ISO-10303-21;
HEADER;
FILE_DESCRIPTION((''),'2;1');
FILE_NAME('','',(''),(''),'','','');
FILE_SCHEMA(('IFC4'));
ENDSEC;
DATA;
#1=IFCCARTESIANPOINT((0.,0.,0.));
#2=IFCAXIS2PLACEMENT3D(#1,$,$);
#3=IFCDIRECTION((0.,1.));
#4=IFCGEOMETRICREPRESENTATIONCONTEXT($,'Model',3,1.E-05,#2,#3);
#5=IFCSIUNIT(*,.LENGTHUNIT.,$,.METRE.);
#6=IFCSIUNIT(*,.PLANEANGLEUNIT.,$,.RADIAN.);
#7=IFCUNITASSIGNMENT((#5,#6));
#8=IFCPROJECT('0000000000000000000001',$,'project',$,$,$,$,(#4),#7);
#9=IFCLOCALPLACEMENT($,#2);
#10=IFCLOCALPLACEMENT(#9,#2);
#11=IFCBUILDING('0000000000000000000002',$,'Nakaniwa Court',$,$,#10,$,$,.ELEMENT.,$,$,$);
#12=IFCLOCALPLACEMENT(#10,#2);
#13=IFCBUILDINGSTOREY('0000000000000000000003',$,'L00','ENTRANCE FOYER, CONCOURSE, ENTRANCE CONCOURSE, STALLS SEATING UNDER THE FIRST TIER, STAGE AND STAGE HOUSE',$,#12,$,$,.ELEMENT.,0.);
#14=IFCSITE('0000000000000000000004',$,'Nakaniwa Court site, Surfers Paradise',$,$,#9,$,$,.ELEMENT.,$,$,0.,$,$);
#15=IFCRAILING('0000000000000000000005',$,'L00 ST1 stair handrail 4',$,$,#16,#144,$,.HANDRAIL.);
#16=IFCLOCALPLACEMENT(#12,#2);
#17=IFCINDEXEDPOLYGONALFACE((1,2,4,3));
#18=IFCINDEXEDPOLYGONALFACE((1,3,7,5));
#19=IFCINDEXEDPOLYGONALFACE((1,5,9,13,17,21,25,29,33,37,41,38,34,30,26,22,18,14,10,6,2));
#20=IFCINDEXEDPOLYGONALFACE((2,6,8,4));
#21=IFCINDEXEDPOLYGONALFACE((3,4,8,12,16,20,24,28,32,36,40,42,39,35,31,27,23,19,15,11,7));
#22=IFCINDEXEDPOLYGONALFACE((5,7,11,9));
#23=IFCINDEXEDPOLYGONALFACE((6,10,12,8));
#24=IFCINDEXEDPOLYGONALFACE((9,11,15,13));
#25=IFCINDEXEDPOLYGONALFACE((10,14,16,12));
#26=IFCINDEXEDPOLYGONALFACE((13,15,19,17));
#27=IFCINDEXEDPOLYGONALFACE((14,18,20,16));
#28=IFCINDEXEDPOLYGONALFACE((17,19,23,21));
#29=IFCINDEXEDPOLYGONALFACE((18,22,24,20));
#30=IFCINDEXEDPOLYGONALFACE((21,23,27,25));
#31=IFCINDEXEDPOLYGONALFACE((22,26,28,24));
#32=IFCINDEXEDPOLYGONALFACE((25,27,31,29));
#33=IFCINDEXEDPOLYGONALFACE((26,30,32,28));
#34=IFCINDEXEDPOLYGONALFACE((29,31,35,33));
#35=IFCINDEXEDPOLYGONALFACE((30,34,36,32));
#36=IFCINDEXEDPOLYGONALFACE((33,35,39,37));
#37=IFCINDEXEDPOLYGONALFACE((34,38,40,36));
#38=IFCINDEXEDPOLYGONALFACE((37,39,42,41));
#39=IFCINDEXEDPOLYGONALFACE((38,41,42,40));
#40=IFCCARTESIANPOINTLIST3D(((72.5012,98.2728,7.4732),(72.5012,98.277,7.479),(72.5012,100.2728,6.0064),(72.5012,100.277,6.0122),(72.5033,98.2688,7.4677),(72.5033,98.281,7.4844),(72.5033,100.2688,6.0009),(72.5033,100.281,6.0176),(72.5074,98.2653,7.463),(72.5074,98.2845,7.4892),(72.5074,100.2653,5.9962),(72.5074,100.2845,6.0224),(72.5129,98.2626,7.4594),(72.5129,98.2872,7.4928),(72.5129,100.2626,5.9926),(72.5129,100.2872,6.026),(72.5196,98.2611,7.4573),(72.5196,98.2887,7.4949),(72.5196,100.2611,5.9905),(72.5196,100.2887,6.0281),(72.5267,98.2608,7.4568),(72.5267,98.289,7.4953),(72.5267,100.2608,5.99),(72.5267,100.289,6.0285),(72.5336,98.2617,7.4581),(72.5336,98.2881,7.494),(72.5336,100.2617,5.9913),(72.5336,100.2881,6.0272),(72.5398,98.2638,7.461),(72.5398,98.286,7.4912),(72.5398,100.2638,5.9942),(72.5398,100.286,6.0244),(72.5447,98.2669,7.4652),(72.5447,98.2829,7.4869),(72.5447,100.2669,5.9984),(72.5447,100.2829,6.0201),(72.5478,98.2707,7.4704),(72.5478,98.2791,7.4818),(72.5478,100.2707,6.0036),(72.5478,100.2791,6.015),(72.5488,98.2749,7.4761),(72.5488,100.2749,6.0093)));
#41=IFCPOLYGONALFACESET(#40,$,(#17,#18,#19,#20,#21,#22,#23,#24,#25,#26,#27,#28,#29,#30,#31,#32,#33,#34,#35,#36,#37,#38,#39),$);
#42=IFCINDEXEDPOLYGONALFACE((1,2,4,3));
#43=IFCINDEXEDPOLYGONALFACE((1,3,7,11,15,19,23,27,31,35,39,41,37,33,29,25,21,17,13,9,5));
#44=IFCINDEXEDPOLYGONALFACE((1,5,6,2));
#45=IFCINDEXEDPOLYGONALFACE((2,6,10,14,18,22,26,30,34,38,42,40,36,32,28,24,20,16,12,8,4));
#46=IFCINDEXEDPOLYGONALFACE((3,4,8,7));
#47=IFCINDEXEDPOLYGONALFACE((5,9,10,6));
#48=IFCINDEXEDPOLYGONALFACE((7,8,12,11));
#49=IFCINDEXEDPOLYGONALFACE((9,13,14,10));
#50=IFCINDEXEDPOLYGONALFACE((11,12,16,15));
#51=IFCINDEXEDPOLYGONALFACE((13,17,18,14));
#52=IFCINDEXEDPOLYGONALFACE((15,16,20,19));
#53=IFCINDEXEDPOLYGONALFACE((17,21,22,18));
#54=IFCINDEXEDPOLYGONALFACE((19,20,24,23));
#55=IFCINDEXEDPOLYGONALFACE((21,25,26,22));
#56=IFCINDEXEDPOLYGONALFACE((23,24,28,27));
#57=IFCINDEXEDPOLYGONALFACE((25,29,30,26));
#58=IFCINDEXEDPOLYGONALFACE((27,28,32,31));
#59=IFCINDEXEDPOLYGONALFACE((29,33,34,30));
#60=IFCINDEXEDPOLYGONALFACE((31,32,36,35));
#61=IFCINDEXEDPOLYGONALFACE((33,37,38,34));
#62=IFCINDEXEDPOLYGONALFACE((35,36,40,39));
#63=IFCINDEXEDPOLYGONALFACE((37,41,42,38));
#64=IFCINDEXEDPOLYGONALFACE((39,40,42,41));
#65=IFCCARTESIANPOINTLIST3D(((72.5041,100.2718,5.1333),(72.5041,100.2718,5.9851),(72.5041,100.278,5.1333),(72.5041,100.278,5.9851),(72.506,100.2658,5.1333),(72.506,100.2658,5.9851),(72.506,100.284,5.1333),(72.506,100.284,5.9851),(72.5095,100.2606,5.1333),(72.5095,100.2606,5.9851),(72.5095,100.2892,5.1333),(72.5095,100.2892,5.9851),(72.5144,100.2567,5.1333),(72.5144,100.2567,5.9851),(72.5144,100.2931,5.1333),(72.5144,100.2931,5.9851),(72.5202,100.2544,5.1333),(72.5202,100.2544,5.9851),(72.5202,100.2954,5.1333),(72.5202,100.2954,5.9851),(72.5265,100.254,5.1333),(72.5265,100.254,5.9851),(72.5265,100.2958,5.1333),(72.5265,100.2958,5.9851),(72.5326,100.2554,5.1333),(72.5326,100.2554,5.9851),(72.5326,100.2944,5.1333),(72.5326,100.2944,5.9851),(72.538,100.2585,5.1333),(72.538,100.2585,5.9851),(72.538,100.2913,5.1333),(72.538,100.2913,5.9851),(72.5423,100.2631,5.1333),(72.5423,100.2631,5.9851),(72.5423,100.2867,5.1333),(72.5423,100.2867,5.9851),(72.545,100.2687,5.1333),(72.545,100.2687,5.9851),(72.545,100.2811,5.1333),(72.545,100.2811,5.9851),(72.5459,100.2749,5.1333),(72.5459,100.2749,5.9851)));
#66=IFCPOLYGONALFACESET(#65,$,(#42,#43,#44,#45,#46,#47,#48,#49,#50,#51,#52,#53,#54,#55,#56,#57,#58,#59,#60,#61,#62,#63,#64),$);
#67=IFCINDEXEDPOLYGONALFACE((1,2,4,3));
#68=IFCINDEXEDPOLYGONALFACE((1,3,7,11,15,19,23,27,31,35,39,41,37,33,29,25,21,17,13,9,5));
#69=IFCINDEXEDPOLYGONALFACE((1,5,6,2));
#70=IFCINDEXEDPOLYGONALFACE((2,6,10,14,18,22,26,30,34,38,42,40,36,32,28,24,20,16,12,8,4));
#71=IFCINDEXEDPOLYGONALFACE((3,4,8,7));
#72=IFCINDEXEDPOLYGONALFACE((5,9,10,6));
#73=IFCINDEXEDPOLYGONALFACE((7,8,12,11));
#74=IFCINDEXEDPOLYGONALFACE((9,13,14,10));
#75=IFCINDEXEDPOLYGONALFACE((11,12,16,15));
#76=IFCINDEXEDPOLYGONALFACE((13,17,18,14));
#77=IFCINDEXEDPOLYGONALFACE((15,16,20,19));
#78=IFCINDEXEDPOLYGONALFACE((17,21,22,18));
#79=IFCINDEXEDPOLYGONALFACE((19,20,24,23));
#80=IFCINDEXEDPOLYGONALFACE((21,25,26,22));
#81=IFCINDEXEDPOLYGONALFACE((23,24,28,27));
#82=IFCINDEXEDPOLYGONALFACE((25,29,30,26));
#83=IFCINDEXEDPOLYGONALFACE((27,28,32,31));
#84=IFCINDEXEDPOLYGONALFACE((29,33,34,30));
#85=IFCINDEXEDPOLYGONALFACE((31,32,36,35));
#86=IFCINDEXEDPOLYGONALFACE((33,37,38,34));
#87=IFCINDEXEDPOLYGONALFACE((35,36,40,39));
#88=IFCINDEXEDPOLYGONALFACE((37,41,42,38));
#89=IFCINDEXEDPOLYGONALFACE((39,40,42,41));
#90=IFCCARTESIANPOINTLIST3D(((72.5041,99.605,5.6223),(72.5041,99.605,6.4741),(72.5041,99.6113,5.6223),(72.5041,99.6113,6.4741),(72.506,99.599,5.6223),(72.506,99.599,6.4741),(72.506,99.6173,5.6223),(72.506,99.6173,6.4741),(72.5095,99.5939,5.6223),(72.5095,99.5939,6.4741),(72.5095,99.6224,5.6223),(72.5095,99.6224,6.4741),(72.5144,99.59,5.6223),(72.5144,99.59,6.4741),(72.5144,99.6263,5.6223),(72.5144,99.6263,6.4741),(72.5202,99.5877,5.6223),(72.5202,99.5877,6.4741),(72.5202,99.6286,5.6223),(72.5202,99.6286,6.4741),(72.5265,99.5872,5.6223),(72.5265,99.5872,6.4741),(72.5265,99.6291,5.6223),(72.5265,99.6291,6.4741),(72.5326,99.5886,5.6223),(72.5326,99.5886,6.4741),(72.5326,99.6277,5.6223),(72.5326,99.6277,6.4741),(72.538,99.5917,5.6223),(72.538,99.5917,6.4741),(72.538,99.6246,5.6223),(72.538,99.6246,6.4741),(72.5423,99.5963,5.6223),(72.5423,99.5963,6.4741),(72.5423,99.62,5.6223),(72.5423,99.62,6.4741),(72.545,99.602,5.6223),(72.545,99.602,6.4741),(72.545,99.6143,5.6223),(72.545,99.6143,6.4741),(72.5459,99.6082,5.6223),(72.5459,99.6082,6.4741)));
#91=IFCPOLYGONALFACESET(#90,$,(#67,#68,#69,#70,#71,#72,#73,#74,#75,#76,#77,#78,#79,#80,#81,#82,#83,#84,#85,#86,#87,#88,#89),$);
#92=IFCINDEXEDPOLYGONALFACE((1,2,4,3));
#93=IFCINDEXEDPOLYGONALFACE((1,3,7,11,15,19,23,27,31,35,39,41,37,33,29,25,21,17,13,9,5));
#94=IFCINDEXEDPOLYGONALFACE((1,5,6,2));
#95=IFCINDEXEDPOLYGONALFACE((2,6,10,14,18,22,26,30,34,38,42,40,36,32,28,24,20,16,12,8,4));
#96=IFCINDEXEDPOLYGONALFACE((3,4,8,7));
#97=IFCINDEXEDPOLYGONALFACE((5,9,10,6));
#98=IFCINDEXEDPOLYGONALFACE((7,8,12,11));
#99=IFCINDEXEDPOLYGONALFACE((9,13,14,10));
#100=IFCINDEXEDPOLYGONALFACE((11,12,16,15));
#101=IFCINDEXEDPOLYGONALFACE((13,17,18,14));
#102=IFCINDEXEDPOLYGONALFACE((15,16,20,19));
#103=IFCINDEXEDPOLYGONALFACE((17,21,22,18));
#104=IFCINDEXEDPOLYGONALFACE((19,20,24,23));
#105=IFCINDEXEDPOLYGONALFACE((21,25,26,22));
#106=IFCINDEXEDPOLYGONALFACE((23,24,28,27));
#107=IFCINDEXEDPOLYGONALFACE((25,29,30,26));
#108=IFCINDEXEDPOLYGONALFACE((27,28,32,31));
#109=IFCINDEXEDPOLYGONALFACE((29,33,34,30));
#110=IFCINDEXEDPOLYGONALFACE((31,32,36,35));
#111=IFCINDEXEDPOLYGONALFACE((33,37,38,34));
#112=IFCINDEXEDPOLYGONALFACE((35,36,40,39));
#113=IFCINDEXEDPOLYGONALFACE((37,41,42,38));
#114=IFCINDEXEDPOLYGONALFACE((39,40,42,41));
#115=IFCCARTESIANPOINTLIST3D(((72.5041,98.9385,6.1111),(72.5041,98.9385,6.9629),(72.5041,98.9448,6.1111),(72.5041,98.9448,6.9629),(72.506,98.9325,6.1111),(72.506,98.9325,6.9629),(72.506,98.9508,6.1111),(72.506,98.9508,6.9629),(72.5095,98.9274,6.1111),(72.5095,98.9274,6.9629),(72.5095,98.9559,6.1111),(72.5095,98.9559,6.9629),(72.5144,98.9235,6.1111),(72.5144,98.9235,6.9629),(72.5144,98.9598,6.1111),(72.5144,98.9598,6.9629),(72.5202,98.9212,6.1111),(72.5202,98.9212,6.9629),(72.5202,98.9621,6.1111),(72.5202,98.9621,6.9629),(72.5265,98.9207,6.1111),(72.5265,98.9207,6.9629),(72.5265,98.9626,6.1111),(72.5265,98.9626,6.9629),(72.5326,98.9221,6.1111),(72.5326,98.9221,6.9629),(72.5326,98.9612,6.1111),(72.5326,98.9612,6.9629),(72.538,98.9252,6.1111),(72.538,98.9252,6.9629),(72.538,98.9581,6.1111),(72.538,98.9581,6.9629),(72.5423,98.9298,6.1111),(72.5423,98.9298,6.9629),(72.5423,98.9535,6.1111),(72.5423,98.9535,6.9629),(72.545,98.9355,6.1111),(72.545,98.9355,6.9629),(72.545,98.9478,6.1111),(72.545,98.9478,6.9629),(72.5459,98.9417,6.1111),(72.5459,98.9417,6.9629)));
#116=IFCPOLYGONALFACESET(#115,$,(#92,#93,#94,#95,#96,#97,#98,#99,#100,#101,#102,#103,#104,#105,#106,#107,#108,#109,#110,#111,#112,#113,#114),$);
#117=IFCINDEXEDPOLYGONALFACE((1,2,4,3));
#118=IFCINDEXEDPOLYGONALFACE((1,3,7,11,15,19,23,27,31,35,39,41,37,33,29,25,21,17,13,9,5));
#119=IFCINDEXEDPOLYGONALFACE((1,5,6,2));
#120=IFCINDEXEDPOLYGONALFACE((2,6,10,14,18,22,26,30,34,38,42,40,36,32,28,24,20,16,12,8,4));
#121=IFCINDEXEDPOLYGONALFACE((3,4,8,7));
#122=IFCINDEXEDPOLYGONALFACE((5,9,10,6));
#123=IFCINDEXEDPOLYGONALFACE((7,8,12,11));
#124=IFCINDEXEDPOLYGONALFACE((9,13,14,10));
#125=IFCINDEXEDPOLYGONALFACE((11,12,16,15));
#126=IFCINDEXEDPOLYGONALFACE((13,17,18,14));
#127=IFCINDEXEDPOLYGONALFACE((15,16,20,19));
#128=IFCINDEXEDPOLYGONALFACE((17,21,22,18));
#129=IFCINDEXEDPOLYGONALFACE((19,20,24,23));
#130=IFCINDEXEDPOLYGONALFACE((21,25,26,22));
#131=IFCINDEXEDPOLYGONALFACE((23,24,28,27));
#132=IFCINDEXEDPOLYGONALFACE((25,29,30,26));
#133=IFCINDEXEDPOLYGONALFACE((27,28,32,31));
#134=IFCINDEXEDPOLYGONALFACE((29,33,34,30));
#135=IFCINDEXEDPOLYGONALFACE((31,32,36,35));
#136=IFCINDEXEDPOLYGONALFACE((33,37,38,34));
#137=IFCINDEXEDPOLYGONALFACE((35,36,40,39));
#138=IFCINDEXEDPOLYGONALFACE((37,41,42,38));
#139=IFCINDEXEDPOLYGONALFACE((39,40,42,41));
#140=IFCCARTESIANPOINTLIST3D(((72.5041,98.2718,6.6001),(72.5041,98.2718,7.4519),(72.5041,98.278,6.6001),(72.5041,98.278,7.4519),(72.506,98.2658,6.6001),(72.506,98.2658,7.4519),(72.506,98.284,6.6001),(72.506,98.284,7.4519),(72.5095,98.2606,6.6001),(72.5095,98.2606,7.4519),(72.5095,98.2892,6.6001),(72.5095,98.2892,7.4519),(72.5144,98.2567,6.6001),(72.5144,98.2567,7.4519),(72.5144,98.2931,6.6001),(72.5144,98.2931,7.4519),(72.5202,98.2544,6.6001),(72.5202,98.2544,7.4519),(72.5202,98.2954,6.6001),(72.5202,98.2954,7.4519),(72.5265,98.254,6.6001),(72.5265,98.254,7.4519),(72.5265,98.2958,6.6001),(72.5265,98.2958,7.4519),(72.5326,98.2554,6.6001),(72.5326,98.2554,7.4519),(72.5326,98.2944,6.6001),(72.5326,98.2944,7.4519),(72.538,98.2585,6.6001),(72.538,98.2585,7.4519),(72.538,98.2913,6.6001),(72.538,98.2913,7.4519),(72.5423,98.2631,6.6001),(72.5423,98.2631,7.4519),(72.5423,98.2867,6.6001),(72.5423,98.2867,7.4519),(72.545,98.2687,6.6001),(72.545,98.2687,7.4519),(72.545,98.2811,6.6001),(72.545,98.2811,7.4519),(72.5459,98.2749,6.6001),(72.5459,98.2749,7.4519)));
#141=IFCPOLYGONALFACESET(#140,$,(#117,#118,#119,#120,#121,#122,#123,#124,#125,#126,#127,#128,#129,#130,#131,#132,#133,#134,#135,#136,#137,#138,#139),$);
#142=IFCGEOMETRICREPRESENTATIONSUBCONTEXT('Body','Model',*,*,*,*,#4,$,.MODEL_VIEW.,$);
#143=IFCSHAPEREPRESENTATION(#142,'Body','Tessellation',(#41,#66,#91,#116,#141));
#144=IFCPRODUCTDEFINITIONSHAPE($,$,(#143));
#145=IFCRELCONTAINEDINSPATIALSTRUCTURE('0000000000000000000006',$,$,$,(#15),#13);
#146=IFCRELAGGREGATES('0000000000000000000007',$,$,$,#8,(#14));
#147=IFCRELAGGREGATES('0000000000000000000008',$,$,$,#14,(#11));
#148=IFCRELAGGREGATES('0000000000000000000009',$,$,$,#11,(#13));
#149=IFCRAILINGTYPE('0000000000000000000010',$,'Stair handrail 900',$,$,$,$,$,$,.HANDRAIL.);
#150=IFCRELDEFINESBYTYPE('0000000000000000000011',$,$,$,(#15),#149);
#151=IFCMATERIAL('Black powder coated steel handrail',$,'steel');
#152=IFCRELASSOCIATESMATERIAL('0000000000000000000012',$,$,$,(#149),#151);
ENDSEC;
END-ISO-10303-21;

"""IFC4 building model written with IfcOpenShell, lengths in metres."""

from ifc_helpers import new_model, si_unit, direction, frame, origin, origin_2d, place, context, subcontext, project, spatial, circle, extrude, material, type_object, element, save


model = new_model("IFC4")

# Units and contexts
model_context = context("Model", 3, precision=1e-05, world=origin(), true_north=direction((0.0, 1.0)))
body_context = subcontext(model_context, "Body", "Model", "MODEL_VIEW")
ifc_project = project(units=[si_unit("LENGTHUNIT", "METRE"), si_unit("PLANEANGLEUNIT", "RADIAN")], contexts=[model_context])

# Site, building, storey
site_placement = place(None, origin())
site = spatial("IfcSite", under=ifc_project, at=site_placement, Name="Nakaniwa Court site, Surfers Paradise", CompositionType="ELEMENT", RefElevation=0.0)
building_placement = place(site_placement, origin())
building = spatial("IfcBuilding", under=site, at=building_placement, Name="Nakaniwa Court", CompositionType="ELEMENT")
storey_placement = place(building_placement, origin())
storey = spatial("IfcBuildingStorey", under=building, at=storey_placement, Name="L00", Description="ENTRANCE FOYER, CONCOURSE, ENTRANCE CONCOURSE, STALLS SEATING UNDER THE FIRST TIER, STAGE AND STAGE HOUSE", CompositionType="ELEMENT", Elevation=0.0)

# Railing
ifc_material_1 = material(Name="Black powder coated steel handrail", Category="steel")
railing_type_1 = type_object("IfcRailingType", Name="Stair handrail 900", PredefinedType="HANDRAIL", material=ifc_material_1)
for number, where, name in (
    (1, (72.5249, 100.2749, 5.1333), "L00 ST1 stair handrail 4"),
):
    element("IfcRailing", number, at=place(storey_placement, frame(where)), inside=storey, type_object=railing_type_1, Name=name, PredefinedType="HANDRAIL", context=body_context, shape_type="SweptSolid", body=[
        extrude(circle(Radius=0.0239, at=origin_2d()), frame((0.0, 0.0, 0.876), z_axis=(0.0, -0.80638, 0.591398), x_axis=(1.0, 0.0, 0.0)), (0.0, 0.0, 1.0), 2.4802),
        extrude(circle(Radius=0.021, at=origin_2d()), origin(), (0.0, 0.0, 1.0), 0.8518),
        extrude(circle(Radius=0.021, at=origin_2d()), frame((0.0, -0.6667, 0.489)), (0.0, 0.0, 1.0), 0.8518),
        extrude(circle(Radius=0.021, at=origin_2d()), frame((0.0, -1.3333, 0.9778)), (0.0, 0.0, 1.0), 0.8518),
        extrude(circle(Radius=0.021, at=origin_2d()), frame((0.0, -2.0, 1.4668)), (0.0, 0.0, 1.0), 0.8518),
    ])

save(model, "model.ifc")
